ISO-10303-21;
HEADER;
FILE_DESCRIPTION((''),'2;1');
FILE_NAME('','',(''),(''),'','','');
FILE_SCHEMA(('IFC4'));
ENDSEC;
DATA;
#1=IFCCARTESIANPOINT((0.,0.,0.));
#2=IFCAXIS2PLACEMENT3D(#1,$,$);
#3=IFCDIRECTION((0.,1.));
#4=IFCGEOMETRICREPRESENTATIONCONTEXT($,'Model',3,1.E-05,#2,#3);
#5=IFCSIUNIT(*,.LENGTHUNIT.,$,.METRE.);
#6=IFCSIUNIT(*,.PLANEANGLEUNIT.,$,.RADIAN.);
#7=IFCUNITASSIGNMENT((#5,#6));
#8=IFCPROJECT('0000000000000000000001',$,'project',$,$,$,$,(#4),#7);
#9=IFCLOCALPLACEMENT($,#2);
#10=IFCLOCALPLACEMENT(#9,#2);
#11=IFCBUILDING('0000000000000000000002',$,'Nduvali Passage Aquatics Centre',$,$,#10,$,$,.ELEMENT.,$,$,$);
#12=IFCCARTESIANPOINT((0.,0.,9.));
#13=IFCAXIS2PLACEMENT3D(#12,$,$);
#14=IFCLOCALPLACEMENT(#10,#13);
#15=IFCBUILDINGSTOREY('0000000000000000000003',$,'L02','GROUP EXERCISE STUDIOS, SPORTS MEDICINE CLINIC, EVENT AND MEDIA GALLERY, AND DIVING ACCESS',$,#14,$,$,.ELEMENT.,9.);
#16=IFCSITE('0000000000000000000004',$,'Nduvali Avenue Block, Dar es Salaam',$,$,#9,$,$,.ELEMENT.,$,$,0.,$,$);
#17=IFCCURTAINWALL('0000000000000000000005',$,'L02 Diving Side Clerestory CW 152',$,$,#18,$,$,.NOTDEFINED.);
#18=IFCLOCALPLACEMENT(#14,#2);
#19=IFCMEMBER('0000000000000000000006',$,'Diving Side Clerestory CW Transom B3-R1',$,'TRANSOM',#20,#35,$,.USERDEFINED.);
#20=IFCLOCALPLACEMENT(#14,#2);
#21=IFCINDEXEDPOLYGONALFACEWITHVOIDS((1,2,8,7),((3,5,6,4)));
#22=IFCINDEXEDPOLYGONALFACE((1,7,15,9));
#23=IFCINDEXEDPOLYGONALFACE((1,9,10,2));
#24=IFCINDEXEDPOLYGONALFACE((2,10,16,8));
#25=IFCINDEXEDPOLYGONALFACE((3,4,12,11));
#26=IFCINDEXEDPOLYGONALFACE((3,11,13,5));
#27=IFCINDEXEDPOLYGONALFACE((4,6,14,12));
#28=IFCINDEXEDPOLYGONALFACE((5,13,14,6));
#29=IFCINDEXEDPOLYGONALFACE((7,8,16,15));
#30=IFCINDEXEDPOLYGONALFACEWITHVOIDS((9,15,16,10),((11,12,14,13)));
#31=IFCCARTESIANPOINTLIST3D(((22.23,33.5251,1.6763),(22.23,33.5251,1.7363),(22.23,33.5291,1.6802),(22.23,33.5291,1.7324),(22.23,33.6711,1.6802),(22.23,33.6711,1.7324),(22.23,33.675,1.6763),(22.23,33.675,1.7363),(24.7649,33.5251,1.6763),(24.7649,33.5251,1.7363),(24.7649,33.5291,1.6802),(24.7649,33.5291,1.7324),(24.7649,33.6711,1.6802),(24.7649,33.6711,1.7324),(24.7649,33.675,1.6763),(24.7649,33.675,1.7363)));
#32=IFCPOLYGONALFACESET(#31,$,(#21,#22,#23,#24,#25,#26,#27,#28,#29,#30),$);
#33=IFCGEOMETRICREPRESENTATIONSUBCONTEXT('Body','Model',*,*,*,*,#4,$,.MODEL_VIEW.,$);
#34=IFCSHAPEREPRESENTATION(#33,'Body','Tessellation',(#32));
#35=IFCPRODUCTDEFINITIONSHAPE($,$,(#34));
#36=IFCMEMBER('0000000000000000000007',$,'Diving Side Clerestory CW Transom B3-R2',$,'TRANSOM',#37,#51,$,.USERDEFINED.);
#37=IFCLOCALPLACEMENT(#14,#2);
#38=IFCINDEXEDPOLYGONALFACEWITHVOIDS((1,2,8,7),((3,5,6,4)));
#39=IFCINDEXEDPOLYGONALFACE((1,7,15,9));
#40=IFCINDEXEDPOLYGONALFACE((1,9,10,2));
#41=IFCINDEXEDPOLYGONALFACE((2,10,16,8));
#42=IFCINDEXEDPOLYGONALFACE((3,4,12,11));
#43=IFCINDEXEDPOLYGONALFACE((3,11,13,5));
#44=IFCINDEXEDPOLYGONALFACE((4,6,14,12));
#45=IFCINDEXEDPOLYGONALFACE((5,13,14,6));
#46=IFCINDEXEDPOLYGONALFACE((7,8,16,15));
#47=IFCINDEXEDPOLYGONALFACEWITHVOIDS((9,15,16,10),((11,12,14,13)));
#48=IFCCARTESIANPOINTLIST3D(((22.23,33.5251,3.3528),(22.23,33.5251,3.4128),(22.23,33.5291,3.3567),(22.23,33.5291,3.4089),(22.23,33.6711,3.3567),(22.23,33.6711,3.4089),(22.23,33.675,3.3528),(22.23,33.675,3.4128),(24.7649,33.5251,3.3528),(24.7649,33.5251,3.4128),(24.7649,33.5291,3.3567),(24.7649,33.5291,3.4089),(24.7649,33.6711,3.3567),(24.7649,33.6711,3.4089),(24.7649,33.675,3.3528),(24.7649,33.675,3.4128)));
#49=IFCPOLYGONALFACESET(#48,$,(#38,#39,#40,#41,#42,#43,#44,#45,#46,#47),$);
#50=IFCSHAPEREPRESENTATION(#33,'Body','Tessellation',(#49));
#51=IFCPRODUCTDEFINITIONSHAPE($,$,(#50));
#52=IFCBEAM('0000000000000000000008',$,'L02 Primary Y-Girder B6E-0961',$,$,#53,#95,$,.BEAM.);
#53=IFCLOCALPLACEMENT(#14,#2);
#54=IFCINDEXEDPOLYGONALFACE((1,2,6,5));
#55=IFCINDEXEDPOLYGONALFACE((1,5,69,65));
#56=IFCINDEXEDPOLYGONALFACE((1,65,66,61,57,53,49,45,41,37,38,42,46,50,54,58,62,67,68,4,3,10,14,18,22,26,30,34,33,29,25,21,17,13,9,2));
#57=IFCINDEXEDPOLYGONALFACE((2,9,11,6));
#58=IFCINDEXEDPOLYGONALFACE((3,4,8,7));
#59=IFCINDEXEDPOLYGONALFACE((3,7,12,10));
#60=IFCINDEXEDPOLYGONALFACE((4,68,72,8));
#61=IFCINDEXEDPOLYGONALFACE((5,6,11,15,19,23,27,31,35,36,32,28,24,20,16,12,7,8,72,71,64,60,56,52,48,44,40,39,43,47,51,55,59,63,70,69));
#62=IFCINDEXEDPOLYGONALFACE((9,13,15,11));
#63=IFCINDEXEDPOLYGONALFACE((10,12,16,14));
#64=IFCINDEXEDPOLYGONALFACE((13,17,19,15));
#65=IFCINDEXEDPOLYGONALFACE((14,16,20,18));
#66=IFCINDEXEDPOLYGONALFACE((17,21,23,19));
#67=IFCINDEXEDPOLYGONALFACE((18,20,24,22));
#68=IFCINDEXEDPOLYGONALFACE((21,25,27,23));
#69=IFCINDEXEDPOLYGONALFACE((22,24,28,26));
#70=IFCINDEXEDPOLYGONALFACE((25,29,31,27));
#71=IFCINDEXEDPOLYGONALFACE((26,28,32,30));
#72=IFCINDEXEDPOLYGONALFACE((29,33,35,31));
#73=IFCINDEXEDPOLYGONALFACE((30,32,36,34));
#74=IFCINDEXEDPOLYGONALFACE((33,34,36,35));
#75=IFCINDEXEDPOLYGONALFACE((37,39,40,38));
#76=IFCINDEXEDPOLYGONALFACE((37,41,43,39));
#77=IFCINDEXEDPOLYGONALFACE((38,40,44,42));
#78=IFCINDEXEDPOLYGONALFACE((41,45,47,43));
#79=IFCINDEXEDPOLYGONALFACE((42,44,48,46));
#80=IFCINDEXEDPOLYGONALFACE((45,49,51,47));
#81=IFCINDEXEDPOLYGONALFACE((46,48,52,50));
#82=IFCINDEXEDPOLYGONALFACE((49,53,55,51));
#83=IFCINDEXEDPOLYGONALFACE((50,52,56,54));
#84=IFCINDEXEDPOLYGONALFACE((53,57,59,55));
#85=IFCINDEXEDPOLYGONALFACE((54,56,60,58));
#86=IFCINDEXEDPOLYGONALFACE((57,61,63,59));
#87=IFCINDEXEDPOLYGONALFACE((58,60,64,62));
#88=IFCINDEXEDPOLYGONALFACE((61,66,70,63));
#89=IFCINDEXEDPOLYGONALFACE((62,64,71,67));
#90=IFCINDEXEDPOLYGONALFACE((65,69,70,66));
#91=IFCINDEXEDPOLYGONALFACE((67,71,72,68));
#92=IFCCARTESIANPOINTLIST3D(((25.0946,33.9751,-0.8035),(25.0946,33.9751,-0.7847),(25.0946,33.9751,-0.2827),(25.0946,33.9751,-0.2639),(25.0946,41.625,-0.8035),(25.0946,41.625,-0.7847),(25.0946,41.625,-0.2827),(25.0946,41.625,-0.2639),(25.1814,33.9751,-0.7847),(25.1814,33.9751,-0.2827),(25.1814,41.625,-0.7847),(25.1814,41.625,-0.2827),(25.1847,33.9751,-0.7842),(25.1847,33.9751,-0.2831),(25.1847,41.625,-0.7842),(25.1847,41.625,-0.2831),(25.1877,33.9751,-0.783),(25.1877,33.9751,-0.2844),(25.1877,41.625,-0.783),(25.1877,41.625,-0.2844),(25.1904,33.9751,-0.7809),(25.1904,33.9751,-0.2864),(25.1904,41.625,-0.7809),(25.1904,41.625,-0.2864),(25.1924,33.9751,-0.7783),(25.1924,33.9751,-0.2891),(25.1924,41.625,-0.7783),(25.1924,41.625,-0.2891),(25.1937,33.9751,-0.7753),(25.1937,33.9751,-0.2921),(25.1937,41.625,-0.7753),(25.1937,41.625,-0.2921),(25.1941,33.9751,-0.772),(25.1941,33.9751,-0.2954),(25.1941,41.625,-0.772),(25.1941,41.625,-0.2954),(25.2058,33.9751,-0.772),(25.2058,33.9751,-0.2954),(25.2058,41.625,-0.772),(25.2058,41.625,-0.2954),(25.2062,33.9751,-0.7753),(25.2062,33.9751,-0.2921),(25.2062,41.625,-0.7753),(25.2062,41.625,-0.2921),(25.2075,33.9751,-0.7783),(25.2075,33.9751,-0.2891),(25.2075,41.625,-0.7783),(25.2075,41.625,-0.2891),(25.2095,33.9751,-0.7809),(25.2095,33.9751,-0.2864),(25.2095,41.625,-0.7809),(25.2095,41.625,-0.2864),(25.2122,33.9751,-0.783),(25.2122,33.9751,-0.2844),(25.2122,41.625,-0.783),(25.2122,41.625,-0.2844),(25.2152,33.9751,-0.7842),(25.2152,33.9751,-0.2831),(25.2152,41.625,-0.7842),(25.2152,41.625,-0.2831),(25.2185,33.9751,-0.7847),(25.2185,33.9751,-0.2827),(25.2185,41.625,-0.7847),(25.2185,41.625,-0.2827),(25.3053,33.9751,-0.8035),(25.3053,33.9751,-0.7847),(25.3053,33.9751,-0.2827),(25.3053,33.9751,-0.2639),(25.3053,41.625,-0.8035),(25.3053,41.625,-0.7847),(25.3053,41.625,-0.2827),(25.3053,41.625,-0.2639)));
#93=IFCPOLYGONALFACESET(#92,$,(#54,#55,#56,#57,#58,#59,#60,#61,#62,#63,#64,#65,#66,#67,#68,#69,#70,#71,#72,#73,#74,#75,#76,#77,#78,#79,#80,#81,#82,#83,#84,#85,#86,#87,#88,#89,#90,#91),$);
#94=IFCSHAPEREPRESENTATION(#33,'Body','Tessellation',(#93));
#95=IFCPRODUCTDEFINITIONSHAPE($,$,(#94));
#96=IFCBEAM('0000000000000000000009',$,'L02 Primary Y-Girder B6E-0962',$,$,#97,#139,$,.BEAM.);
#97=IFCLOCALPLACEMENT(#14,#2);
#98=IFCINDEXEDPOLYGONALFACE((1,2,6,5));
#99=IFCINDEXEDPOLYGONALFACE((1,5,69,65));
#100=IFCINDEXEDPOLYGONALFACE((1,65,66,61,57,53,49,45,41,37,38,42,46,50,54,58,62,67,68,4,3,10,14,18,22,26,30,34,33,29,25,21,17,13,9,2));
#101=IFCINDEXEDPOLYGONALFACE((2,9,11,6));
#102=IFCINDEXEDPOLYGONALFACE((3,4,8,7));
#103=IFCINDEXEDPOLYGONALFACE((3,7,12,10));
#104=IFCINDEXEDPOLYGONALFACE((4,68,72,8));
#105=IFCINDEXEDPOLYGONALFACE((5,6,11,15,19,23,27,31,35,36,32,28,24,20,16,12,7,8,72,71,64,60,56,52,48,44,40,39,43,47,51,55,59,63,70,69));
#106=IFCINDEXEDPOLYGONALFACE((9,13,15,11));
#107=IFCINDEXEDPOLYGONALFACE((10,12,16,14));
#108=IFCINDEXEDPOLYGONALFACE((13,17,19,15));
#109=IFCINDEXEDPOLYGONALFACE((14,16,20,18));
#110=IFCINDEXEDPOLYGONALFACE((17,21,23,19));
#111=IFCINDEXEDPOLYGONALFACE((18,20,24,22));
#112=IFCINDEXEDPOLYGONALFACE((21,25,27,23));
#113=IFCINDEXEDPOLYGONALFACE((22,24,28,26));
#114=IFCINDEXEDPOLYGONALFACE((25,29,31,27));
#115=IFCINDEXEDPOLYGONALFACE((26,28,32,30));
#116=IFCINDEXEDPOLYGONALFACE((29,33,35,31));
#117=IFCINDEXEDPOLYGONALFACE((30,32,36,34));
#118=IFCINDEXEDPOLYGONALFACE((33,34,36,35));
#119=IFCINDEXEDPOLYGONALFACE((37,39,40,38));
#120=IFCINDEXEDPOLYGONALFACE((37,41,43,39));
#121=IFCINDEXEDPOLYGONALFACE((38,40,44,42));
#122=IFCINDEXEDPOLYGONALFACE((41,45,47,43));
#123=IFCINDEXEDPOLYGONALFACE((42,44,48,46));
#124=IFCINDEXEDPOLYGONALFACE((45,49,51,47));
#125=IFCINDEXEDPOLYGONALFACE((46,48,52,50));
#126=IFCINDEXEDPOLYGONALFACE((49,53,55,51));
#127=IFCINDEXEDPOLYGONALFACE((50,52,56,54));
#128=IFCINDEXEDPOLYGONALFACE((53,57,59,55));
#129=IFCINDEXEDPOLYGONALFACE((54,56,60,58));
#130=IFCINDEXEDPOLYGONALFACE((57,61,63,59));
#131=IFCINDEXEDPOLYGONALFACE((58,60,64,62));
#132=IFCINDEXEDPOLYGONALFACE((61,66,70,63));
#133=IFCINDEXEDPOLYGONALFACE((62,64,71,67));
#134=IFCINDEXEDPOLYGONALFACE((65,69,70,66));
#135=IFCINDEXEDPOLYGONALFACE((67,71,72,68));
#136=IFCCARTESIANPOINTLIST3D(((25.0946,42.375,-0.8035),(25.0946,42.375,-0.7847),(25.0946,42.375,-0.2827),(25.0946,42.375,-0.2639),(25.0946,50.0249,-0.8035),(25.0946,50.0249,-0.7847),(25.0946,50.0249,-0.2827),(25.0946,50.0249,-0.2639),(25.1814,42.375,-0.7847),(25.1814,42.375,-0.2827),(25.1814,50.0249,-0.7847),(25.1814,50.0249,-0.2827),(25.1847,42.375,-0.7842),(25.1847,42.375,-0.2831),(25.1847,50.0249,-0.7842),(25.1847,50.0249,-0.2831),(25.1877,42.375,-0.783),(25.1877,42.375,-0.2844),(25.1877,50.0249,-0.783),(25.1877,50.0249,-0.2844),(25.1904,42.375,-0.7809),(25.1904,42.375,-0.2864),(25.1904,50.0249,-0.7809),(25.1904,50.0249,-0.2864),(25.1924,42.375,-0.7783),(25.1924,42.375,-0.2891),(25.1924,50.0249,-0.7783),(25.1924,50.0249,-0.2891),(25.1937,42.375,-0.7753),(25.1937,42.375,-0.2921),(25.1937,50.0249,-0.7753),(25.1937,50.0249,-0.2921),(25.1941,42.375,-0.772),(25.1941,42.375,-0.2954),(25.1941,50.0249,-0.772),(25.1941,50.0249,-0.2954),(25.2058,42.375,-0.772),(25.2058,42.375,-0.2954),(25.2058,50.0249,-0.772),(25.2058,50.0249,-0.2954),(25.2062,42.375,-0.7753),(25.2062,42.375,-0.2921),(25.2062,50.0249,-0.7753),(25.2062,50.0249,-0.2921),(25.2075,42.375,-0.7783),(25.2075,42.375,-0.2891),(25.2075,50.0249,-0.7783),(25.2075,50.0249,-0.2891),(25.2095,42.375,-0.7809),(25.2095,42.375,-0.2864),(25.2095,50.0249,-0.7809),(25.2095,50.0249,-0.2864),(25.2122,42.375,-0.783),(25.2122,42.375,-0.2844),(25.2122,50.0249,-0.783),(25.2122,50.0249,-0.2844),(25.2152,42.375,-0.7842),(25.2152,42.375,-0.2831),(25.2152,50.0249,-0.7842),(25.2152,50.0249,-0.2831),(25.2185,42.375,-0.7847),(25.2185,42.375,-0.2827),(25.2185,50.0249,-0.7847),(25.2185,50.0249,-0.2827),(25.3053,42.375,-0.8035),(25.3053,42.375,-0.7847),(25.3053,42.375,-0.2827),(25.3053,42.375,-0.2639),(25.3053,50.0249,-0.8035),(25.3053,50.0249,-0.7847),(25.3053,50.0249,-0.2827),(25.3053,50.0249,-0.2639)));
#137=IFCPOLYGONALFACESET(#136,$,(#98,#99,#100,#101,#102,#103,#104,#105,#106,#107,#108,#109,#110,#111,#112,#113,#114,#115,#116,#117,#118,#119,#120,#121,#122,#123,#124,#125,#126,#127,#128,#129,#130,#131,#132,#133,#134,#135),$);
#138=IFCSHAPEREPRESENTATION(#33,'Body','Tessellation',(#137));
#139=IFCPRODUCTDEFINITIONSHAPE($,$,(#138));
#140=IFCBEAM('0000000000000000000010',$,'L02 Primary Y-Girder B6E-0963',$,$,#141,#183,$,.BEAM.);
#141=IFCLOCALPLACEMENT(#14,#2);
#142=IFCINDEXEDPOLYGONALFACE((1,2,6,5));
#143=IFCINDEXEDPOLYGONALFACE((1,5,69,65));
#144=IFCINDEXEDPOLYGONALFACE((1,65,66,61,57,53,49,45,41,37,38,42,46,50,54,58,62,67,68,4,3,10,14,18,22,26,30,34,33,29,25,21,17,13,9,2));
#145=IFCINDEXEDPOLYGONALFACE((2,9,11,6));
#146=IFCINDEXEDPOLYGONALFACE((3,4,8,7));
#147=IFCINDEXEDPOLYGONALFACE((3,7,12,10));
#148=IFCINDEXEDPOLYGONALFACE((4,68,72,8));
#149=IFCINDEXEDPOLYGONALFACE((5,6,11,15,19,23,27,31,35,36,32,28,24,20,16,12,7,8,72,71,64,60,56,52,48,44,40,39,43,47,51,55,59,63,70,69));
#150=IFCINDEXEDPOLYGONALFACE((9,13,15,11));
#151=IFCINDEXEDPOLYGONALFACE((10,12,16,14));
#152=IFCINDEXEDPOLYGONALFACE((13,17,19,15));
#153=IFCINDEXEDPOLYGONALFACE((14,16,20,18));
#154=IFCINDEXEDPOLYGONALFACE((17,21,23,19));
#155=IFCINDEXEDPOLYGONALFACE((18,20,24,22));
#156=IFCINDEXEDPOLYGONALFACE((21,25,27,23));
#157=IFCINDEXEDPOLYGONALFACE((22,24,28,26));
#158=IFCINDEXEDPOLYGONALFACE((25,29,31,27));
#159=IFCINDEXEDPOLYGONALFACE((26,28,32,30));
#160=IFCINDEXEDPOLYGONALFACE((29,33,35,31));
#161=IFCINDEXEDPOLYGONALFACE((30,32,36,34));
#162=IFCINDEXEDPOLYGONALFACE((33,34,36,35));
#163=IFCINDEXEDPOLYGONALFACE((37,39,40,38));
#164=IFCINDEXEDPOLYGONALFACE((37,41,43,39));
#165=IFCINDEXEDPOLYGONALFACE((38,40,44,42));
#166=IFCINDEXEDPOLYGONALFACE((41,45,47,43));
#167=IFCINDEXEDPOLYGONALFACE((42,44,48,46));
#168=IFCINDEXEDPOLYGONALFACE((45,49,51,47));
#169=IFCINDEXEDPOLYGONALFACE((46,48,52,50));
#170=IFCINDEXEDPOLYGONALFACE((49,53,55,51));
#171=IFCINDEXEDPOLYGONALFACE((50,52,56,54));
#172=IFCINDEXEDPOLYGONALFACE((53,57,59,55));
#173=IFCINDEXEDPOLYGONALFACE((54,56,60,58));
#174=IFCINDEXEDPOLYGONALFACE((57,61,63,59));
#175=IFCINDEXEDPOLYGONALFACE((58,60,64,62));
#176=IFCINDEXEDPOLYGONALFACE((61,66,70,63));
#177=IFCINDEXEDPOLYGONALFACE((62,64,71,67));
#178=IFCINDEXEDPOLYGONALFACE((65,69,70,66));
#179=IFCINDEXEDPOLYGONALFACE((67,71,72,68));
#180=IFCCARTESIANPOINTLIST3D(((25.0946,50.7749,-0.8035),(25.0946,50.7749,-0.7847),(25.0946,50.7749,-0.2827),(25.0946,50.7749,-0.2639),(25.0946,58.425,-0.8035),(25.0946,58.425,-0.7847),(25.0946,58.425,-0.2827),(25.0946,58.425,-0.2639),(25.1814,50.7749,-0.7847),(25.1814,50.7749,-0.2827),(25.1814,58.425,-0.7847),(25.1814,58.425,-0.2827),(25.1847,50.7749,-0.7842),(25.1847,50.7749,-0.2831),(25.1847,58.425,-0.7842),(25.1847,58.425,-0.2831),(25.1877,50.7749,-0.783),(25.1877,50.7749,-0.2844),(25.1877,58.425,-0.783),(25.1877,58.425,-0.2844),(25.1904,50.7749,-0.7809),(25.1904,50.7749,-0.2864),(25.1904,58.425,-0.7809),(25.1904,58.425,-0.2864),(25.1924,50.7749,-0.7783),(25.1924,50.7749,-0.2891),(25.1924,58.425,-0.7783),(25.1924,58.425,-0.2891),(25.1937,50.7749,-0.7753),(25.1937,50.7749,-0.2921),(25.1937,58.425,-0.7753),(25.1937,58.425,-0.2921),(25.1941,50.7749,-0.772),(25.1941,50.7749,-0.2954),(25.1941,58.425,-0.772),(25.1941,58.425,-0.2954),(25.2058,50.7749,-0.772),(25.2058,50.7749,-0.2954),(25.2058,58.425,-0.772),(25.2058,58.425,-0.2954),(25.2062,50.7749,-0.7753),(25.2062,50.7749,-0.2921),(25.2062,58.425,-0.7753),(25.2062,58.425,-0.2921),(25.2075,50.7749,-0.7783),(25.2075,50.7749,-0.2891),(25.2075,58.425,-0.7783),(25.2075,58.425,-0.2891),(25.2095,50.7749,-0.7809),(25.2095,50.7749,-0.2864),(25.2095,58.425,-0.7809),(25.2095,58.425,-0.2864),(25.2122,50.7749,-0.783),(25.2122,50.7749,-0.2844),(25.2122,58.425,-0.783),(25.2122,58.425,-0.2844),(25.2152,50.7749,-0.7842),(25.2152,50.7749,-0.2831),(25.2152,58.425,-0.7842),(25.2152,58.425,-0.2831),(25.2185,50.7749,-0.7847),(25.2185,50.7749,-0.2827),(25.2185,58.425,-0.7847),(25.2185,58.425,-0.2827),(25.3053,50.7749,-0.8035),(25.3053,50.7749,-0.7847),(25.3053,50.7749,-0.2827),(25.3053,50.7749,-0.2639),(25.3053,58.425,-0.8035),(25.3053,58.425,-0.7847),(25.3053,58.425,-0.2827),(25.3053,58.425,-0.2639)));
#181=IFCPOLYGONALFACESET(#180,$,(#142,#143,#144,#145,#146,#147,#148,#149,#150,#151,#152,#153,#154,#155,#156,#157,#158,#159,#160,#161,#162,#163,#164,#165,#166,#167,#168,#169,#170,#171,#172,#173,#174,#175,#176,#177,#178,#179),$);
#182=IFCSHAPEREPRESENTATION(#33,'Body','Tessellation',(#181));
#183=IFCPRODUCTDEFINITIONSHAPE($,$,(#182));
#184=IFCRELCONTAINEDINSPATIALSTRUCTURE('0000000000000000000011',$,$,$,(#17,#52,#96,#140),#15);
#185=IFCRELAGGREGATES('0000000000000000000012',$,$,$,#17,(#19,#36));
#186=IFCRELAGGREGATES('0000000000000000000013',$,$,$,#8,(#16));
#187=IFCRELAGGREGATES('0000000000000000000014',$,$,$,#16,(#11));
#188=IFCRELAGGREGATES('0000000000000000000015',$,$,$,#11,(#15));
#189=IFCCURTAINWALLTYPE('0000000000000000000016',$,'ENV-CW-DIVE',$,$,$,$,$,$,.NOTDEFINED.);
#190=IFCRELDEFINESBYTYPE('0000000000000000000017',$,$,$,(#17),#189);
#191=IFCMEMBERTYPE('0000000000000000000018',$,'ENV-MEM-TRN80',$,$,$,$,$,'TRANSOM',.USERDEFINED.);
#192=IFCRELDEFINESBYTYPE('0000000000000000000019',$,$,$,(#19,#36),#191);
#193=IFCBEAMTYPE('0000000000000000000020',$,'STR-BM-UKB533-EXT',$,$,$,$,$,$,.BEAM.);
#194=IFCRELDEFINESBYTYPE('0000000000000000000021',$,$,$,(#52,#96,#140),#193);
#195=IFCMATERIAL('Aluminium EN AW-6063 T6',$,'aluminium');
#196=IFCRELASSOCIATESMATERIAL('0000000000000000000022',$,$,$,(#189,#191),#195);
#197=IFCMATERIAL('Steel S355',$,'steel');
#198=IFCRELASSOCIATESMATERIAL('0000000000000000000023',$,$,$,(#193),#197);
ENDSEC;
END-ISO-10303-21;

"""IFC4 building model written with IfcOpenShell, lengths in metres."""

from ifc_helpers import new_model, si_unit, direction, frame, origin, origin_2d, place, context, subcontext, project, spatial, hollow_rectangle, i_section, extrude, material, material_profile, profile_set, type_object, element, aggregate, save


model = new_model("IFC4")

# Units and contexts
model_context = context("Model", 3, precision=1e-05, world=origin(), true_north=direction((0.0, 1.0)))
body_context = subcontext(model_context, "Body", "Model", "MODEL_VIEW")
ifc_project = project(units=[si_unit("LENGTHUNIT", "METRE"), si_unit("PLANEANGLEUNIT", "RADIAN")], contexts=[model_context])

# Site, building, storey
site_placement = place(None, origin())
site = spatial("IfcSite", under=ifc_project, at=site_placement, Name="Nduvali Avenue Block, Dar es Salaam", CompositionType="ELEMENT", RefElevation=0.0)
building_placement = place(site_placement, origin())
building = spatial("IfcBuilding", under=site, at=building_placement, Name="Nduvali Passage Aquatics Centre", CompositionType="ELEMENT")
storey_placement = place(building_placement, frame((0.0, 0.0, 9.0)))
storey = spatial("IfcBuildingStorey", under=building, at=storey_placement, Name="L02", Description="GROUP EXERCISE STUDIOS, SPORTS MEDICINE CLINIC, EVENT AND MEDIA GALLERY, AND DIVING ACCESS", CompositionType="ELEMENT", Elevation=9.0)

# Curtain wall
ifc_material_1 = material(Name="Aluminium EN AW-6063 T6", Category="aluminium")
curtain_wall_type_1 = type_object("IfcCurtainWallType", Name="ENV-CW-DIVE", PredefinedType="NOTDEFINED", material=ifc_material_1)
curtain_wall_1_placement = place(storey_placement, origin())
curtain_wall_1 = element("IfcCurtainWall", 1, at=curtain_wall_1_placement, inside=storey, type_object=curtain_wall_type_1, Name="L02 Diving Side Clerestory CW 152", PredefinedType="NOTDEFINED")

# Members
ifc_material_profile_1 = material_profile(ifc_material_1, hollow_rectangle(XDim=0.1499, YDim=0.0601, WallThickness=0.0039, at=origin_2d()), Name="ALU TRANSOM 150x60x4")
ifc_profile_set_1 = profile_set([ifc_material_profile_1], Name="Aluminium EN AW-6063 T6")
member_type_1 = type_object("IfcMemberType", Name="ENV-MEM-TRN80", ElementType="TRANSOM", PredefinedType="USERDEFINED", material=ifc_profile_set_1)
member_1_placement = place(storey_placement, frame((22.23, 33.6001, 1.7063), z_axis=(1.0, 0.0, 0.0), x_axis=(0.0, 1.0, 0.0)))
member_1 = element("IfcMember", 2, at=member_1_placement, type_object=member_type_1, Name="Diving Side Clerestory CW Transom B3-R1", ObjectType="TRANSOM", PredefinedType="USERDEFINED", context=body_context, shape_type="SweptSolid", body=[
    extrude(hollow_rectangle(XDim=0.1499, YDim=0.0601, WallThickness=0.0039, at=origin_2d()), origin(), (0.0, 0.0, 1.0), 2.5349),
])
member_2_placement = place(storey_placement, frame((22.23, 33.6001, 3.3828), z_axis=(1.0, 0.0, 0.0), x_axis=(0.0, 1.0, 0.0)))
member_2 = element("IfcMember", 3, at=member_2_placement, type_object=member_type_1, Name="Diving Side Clerestory CW Transom B3-R2", ObjectType="TRANSOM", PredefinedType="USERDEFINED", context=body_context, shape_type="SweptSolid", body=[
    extrude(hollow_rectangle(XDim=0.1499, YDim=0.0601, WallThickness=0.0039, at=origin_2d()), origin(), (0.0, 0.0, 1.0), 2.5349),
])

# Beams
ifc_material_2 = material(Name="Steel S355", Category="steel")
ifc_material_profile_2 = material_profile(ifc_material_2, i_section(OverallWidth=0.2107, OverallDepth=0.5396, WebThickness=0.0117, FlangeThickness=0.0188, FilletRadius=0.0127, at=origin_2d()), Name="UKB 533x210x109")
ifc_profile_set_2 = profile_set([ifc_material_profile_2], Name="Steel S355")
beam_type = type_object("IfcBeamType", Name="STR-BM-UKB533-EXT", PredefinedType="BEAM", material=ifc_profile_set_2)
for number, where, z_axis, x_axis, name in (
    (4, (25.2, 33.9751, -0.5337), (0.0, 1.0, 0.0), (-1.0, 0.0, 0.0), "L02 Primary Y-Girder B6E-0961"),
    (5, (25.2, 42.375, -0.5337), (0.0, 1.0, 0.0), (-1.0, 0.0, 0.0), "L02 Primary Y-Girder B6E-0962"),
):
    element("IfcBeam", number, at=place(storey_placement, frame(where, z_axis=z_axis, x_axis=x_axis)), inside=storey, type_object=beam_type, Name=name, PredefinedType="BEAM", context=body_context, shape_type="SweptSolid", body=[
        extrude(i_section(OverallWidth=0.2107, OverallDepth=0.5396, WebThickness=0.0117, FlangeThickness=0.0188, FilletRadius=0.0127, at=origin_2d()), origin(), (0.0, 0.0, 1.0), 7.6499),
    ])
beam_1_placement = place(storey_placement, frame((25.2, 50.7749, -0.5337), z_axis=(0.0, 1.0, 0.0), x_axis=(-1.0, 0.0, 0.0)))
element("IfcBeam", 6, at=beam_1_placement, inside=storey, type_object=beam_type, Name="L02 Primary Y-Girder B6E-0963", PredefinedType="BEAM", context=body_context, shape_type="SweptSolid", body=[
    extrude(i_section(OverallWidth=0.2107, OverallDepth=0.5396, WebThickness=0.0117, FlangeThickness=0.0188, FilletRadius=0.0127, at=origin_2d()), origin(), (0.0, 0.0, 1.0), 7.6501),
])

aggregate(curtain_wall_1, [member_1, member_2])

save(model, "model.ifc")
